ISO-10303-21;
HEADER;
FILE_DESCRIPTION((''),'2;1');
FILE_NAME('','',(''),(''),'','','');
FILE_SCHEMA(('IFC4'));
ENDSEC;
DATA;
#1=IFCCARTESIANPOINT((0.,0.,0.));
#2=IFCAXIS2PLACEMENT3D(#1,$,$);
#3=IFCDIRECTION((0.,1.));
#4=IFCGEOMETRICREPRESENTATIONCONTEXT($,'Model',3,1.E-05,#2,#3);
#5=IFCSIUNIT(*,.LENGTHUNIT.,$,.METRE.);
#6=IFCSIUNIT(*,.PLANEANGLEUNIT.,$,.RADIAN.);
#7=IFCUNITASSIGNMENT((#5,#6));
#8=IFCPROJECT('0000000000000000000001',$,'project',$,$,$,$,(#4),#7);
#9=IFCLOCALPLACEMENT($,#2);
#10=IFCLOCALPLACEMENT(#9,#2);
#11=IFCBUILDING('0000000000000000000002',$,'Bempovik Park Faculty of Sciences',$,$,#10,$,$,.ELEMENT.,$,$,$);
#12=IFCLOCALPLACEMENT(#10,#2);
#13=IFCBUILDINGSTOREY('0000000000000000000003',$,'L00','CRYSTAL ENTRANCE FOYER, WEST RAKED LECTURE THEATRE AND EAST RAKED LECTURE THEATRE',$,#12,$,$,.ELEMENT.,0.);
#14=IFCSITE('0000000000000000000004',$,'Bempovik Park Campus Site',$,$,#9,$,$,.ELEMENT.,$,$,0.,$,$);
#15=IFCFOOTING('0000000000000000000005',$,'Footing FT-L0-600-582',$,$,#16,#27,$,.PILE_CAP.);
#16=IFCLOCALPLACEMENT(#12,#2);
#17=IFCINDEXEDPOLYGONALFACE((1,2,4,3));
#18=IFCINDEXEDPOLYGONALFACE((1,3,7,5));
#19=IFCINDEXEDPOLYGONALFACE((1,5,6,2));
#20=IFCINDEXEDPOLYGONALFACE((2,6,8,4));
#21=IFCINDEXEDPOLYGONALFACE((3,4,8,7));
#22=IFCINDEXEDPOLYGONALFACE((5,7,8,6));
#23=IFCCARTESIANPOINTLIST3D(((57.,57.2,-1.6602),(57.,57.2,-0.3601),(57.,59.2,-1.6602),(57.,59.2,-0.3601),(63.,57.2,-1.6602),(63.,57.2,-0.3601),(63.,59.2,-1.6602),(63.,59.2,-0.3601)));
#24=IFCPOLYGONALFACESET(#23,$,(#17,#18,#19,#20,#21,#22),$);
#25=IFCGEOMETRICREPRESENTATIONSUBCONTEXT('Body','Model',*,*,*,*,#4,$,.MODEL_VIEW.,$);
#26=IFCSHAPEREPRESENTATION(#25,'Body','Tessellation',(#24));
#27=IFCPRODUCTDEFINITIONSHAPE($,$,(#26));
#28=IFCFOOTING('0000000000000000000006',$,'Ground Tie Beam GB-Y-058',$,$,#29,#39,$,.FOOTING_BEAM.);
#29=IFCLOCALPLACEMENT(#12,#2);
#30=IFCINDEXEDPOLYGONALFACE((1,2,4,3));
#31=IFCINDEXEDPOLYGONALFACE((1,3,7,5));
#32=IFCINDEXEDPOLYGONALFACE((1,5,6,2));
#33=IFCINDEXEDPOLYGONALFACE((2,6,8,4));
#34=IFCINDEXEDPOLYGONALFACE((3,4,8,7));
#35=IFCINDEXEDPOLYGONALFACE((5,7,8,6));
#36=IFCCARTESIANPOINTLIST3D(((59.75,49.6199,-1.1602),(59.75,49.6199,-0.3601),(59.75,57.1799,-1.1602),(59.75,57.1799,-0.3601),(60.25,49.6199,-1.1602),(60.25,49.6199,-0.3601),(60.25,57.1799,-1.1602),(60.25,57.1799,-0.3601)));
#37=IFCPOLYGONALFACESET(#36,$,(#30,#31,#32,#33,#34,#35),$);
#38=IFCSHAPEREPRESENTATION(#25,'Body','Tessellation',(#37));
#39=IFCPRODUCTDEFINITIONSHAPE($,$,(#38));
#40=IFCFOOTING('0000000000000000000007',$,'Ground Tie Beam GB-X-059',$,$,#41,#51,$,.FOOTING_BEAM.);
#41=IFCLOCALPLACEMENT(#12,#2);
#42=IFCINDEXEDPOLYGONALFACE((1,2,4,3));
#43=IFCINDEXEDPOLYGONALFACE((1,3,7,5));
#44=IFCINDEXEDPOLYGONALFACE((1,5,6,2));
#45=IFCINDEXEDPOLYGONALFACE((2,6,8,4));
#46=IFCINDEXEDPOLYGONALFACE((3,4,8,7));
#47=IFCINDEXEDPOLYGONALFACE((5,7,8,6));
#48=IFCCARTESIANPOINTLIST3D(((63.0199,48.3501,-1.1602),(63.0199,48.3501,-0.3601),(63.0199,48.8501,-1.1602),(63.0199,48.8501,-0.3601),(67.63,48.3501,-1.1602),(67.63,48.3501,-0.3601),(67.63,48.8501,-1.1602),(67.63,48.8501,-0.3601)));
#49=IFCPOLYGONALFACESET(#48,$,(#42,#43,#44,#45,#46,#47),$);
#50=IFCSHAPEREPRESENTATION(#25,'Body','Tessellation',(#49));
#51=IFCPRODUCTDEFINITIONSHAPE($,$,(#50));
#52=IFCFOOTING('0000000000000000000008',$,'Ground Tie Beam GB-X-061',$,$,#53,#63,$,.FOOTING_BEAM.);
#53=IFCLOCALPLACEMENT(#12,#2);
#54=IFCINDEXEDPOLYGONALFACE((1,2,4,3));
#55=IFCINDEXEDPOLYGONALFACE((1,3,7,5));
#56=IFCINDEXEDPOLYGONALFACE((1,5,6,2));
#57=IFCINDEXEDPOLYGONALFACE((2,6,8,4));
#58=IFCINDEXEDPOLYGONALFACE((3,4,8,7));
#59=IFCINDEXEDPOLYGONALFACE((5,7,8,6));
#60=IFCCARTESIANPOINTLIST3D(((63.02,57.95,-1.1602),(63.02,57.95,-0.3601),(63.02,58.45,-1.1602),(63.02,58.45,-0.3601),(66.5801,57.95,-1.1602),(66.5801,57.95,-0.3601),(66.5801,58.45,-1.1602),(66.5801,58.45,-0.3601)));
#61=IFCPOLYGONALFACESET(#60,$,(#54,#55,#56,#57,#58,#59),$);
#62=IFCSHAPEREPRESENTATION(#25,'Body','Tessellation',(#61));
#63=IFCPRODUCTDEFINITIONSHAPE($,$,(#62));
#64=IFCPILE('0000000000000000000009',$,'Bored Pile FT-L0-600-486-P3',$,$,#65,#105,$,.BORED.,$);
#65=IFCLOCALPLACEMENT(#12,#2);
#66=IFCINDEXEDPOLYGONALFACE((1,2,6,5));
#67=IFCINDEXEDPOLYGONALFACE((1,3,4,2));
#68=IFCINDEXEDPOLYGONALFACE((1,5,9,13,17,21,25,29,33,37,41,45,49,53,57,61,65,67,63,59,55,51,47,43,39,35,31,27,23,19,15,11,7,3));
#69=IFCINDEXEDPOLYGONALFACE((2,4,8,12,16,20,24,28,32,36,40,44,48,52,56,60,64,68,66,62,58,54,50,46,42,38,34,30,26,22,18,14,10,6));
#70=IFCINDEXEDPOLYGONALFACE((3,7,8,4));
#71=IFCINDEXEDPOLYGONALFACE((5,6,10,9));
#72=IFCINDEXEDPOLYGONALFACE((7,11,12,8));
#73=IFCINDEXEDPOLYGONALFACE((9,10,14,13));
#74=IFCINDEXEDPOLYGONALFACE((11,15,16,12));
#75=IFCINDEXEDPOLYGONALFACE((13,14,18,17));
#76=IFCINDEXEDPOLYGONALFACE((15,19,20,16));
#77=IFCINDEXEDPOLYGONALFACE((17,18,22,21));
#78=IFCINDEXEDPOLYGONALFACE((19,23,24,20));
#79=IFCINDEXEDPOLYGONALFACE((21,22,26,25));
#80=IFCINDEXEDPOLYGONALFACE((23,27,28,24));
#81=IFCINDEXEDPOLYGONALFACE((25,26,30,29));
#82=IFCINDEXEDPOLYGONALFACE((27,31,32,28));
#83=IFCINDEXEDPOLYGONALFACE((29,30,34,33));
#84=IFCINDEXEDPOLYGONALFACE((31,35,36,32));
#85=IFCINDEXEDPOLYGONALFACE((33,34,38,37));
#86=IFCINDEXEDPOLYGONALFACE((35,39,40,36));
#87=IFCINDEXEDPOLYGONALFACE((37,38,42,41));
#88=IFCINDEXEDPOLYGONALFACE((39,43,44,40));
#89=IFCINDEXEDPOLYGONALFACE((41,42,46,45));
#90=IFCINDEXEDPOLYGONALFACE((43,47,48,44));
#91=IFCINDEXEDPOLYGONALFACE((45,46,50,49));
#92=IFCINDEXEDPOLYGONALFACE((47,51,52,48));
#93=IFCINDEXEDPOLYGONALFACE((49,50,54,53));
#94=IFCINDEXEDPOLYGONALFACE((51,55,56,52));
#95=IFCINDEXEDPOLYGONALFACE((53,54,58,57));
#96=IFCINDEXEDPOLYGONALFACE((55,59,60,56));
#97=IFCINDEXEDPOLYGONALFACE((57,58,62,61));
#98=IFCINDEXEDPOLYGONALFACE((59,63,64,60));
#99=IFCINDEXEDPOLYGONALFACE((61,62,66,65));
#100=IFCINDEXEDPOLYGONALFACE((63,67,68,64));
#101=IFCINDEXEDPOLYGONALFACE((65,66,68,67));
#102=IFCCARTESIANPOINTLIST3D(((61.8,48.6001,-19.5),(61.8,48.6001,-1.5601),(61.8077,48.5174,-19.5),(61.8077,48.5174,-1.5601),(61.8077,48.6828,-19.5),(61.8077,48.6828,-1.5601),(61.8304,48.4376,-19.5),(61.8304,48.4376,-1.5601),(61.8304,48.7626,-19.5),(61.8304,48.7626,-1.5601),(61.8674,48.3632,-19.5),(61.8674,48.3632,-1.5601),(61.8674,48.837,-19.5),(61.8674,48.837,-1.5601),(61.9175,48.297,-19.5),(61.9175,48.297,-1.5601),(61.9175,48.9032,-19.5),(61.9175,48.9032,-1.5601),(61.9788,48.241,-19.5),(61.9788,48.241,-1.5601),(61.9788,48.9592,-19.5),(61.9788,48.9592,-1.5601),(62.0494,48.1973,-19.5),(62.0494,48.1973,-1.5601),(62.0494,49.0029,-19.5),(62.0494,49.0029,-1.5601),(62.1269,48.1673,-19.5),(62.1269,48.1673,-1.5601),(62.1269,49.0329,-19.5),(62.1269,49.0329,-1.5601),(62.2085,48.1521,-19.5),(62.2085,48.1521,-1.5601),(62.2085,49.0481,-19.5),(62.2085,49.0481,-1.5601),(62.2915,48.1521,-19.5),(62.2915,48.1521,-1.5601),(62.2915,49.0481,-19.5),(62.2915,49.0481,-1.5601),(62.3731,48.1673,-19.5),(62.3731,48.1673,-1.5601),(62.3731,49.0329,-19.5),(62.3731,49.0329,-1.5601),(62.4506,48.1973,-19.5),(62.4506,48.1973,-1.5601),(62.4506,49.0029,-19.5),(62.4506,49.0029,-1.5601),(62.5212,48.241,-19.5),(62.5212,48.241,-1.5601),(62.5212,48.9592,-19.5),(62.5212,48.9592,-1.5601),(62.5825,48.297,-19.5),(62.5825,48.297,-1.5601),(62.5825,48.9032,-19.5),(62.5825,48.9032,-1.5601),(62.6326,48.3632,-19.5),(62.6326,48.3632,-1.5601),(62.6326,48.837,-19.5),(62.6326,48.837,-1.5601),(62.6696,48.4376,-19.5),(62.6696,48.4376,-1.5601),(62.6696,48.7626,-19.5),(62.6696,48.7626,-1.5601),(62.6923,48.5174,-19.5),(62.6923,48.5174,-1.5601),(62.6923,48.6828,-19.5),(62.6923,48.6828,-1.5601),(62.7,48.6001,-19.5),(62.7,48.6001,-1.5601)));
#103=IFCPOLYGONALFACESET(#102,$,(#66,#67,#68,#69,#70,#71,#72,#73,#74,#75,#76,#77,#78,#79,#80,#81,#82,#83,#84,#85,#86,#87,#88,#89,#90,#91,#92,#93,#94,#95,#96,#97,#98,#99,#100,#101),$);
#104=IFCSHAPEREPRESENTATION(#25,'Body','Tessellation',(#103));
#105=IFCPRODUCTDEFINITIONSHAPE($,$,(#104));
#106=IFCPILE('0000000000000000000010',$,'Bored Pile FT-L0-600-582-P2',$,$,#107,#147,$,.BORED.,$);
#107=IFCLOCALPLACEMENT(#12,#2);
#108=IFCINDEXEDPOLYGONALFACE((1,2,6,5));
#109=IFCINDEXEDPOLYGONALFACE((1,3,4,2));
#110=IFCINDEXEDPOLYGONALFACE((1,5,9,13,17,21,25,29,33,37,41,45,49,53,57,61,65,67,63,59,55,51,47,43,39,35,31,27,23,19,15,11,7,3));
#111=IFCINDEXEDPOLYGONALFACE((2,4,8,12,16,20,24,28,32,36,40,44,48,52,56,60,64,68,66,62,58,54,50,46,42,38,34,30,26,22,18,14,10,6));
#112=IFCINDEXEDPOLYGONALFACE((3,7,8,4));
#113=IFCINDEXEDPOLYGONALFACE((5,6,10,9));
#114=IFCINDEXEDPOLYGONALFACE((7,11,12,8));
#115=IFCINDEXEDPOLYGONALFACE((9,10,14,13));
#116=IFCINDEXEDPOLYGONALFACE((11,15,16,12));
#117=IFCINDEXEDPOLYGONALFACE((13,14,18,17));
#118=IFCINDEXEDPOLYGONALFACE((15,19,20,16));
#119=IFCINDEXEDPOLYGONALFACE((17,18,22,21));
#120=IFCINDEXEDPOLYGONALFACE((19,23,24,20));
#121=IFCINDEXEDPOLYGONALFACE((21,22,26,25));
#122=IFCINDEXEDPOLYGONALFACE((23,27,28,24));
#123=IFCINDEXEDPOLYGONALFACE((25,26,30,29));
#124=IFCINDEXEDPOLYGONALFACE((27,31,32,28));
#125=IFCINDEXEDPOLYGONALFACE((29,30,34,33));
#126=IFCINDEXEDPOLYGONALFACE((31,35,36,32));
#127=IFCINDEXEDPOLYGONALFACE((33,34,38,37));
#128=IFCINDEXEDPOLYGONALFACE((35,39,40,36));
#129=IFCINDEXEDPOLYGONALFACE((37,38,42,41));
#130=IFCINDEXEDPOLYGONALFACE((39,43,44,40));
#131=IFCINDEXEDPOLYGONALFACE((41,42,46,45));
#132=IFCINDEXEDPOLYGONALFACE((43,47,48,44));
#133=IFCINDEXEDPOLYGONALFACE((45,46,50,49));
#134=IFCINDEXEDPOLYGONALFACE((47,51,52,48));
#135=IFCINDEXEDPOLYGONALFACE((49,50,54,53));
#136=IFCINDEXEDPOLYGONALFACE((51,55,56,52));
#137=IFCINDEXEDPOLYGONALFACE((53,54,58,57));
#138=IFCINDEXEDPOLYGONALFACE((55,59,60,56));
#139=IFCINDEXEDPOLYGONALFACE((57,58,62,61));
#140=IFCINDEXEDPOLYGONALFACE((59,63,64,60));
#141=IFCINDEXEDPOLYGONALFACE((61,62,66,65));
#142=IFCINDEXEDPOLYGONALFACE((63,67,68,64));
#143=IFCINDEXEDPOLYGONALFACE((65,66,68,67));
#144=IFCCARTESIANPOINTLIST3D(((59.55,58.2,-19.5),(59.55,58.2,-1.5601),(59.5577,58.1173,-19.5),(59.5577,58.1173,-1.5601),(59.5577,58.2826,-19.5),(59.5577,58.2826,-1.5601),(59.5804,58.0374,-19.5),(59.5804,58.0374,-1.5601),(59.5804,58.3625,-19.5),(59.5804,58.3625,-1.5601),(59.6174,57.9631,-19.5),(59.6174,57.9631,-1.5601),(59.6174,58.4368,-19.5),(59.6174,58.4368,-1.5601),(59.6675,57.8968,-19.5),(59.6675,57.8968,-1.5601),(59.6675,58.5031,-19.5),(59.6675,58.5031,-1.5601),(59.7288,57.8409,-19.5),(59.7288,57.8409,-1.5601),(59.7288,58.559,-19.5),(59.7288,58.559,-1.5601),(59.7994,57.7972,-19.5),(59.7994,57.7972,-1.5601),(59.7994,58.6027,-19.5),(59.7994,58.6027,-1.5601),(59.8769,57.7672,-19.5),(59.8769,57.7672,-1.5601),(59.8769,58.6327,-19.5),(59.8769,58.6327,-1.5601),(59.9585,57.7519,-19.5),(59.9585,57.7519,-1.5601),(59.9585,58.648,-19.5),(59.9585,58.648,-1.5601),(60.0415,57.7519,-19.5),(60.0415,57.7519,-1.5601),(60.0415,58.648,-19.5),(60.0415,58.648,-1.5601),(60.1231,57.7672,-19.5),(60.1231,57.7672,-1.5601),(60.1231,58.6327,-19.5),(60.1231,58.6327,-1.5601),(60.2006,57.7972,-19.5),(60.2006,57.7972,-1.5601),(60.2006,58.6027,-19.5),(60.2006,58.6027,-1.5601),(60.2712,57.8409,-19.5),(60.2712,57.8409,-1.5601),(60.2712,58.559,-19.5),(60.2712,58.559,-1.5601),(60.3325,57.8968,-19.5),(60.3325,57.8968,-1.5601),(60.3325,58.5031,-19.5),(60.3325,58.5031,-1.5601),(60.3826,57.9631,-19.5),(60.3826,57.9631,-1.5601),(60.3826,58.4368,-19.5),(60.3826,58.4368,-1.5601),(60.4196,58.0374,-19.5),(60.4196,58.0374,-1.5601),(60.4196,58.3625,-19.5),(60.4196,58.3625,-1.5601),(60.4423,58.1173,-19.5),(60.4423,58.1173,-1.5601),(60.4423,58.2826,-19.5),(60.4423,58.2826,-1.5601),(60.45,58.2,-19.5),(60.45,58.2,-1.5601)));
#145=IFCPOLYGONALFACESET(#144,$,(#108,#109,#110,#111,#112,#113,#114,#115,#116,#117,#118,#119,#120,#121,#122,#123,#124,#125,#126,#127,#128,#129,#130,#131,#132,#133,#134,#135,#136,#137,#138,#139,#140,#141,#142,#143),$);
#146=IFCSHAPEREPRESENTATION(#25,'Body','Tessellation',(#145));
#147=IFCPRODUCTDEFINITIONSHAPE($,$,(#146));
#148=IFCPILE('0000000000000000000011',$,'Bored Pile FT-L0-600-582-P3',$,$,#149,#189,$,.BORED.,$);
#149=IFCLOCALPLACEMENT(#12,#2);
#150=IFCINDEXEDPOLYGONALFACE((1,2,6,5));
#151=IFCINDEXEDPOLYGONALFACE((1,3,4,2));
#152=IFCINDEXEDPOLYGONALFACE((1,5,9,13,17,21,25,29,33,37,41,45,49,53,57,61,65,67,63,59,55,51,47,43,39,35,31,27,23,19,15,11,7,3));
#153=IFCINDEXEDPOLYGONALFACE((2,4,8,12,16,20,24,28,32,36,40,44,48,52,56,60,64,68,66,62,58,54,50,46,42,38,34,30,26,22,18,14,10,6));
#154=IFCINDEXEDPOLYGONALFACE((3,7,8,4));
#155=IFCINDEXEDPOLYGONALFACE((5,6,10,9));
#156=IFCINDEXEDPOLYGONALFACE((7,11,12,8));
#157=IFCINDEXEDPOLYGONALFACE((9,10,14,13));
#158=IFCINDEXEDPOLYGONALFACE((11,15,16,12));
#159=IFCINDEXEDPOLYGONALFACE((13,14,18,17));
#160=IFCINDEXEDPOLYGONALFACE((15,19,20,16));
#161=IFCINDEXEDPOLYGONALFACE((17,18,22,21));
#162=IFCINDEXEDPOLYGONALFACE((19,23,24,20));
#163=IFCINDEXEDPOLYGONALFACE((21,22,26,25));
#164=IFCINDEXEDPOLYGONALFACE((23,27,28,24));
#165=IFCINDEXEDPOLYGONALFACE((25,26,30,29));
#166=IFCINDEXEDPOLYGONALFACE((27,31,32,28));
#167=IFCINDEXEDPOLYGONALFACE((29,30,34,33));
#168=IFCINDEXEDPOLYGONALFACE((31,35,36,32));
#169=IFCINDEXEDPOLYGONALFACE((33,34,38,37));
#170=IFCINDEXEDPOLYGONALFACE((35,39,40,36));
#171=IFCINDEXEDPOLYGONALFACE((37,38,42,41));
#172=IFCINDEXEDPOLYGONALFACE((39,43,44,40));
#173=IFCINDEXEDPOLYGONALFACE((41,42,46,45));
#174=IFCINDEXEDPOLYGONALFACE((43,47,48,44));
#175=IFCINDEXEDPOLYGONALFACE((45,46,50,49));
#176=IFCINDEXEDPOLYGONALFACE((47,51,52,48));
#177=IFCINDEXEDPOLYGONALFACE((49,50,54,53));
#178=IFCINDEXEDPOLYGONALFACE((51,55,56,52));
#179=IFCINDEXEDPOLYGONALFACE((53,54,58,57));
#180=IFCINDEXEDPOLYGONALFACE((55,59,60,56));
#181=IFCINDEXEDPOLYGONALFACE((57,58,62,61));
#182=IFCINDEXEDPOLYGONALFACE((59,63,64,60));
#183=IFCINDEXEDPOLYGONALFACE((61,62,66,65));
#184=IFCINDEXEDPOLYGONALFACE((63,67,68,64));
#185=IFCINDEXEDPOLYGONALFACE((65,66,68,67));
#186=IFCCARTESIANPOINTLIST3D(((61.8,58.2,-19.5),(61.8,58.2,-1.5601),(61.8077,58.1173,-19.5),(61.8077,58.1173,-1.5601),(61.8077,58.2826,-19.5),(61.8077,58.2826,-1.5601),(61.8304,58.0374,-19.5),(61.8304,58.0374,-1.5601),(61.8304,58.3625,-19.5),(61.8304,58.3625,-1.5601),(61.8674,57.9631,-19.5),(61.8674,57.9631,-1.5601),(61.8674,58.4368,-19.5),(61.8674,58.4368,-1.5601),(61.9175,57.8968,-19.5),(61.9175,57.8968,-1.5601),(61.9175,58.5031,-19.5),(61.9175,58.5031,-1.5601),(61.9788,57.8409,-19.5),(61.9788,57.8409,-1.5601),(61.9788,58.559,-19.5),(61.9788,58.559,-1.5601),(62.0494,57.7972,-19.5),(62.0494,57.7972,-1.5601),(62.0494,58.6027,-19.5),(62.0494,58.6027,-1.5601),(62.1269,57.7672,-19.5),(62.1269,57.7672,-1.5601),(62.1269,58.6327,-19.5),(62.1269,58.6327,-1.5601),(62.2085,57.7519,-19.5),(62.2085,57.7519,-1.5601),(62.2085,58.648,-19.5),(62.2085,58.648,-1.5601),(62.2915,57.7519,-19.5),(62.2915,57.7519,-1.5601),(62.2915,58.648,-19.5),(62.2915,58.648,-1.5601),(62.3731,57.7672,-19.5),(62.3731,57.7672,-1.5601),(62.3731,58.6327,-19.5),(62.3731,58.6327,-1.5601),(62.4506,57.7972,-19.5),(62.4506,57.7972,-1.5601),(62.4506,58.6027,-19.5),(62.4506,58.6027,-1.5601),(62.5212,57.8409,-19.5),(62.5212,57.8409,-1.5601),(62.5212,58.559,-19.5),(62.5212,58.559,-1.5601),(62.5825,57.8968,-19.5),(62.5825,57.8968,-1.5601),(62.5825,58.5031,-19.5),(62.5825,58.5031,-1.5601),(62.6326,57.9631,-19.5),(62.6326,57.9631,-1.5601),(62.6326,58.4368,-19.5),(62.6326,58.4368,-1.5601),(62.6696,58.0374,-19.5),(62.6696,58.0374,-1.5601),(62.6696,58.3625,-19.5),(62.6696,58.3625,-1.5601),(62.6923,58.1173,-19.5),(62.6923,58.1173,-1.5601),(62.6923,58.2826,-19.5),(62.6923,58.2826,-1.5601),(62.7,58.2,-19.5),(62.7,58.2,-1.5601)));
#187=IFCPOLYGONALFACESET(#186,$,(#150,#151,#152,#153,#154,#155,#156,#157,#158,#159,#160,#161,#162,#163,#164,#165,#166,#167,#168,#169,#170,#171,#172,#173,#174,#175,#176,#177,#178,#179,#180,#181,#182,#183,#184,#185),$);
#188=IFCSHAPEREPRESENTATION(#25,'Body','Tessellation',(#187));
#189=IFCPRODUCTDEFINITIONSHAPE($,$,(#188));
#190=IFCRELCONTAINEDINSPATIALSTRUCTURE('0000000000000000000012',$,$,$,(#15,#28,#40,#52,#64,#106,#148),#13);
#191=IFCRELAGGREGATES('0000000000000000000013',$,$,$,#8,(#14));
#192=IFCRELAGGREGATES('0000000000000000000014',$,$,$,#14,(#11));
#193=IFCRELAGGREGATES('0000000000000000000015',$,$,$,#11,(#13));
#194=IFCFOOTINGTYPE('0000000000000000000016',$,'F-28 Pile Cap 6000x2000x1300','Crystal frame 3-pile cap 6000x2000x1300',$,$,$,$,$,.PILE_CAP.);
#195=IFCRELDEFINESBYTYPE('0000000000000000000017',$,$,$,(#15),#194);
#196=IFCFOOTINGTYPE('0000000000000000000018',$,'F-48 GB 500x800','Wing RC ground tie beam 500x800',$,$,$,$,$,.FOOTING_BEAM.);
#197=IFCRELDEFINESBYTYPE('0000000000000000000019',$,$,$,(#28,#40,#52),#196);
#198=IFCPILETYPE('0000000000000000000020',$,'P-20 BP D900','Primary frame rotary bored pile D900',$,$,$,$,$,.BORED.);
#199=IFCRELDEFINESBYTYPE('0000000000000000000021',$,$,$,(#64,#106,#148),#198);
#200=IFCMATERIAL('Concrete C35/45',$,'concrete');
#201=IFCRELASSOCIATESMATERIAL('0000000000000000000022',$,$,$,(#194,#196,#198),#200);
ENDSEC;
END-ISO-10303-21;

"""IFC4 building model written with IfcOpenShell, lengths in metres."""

from ifc_helpers import new_model, si_unit, direction, frame, origin, origin_2d, place, context, subcontext, project, spatial, rectangle, circle, extrude, material, material_profile, profile_set, type_object, element, save


model = new_model("IFC4")

# Units and contexts
model_context = context("Model", 3, precision=1e-05, world=origin(), true_north=direction((0.0, 1.0)))
body_context = subcontext(model_context, "Body", "Model", "MODEL_VIEW")
ifc_project = project(units=[si_unit("LENGTHUNIT", "METRE"), si_unit("PLANEANGLEUNIT", "RADIAN")], contexts=[model_context])

# Site, building, storey
site_placement = place(None, origin())
site = spatial("IfcSite", under=ifc_project, at=site_placement, Name="Bempovik Park Campus Site", CompositionType="ELEMENT", RefElevation=0.0)
building_placement = place(site_placement, origin())
building = spatial("IfcBuilding", under=site, at=building_placement, Name="Bempovik Park Faculty of Sciences", CompositionType="ELEMENT")
storey_placement = place(building_placement, origin())
storey = spatial("IfcBuildingStorey", under=building, at=storey_placement, Name="L00", Description="CRYSTAL ENTRANCE FOYER, WEST RAKED LECTURE THEATRE AND EAST RAKED LECTURE THEATRE", CompositionType="ELEMENT", Elevation=0.0)

# Footings
ifc_material_1 = material(Name="Concrete C35/45", Category="concrete")
footing_type_1 = type_object("IfcFootingType", Name="F-28 Pile Cap 6000x2000x1300", Description="Crystal frame 3-pile cap 6000x2000x1300", PredefinedType="PILE_CAP", material=ifc_material_1)
footing_1_placement = place(storey_placement, frame((60.0, 58.2, -1.6602), z_axis=(0.0, 0.0, 1.0), x_axis=(1.0, 0.0, 0.0)))
element("IfcFooting", 1, at=footing_1_placement, inside=storey, type_object=footing_type_1, Name="Footing FT-L0-600-582", PredefinedType="PILE_CAP", context=body_context, shape_type="SweptSolid", body=[
    extrude(rectangle(XDim=6.0, YDim=2.0, at=origin_2d()), origin(), (0.0, 0.0, 1.0), 1.3),
])
footing_type_2 = type_object("IfcFootingType", Name="F-48 GB 500x800", Description="Wing RC ground tie beam 500x800", PredefinedType="FOOTING_BEAM", material=ifc_material_1)
footing_2_placement = place(storey_placement, frame((60.0, 53.3999, -1.1602), z_axis=(0.0, 0.0, 1.0), x_axis=(1.0, 0.0, 0.0)))
element("IfcFooting", 2, at=footing_2_placement, inside=storey, type_object=footing_type_2, Name="Ground Tie Beam GB-Y-058", PredefinedType="FOOTING_BEAM", context=body_context, shape_type="SweptSolid", body=[
    extrude(rectangle(XDim=0.5, YDim=7.5601, at=origin_2d()), origin(), (0.0, 0.0, 1.0), 0.8),
])
footing_3_placement = place(storey_placement, frame((65.325, 48.6001, -1.1602), z_axis=(0.0, 0.0, 1.0), x_axis=(1.0, 0.0, 0.0)))
element("IfcFooting", 3, at=footing_3_placement, inside=storey, type_object=footing_type_2, Name="Ground Tie Beam GB-X-059", PredefinedType="FOOTING_BEAM", context=body_context, shape_type="SweptSolid", body=[
    extrude(rectangle(XDim=4.6101, YDim=0.5, at=origin_2d()), origin(), (0.0, 0.0, 1.0), 0.8),
])
footing_4_placement = place(storey_placement, frame((64.8, 58.2, -1.1602), z_axis=(0.0, 0.0, 1.0), x_axis=(1.0, 0.0, 0.0)))
element("IfcFooting", 4, at=footing_4_placement, inside=storey, type_object=footing_type_2, Name="Ground Tie Beam GB-X-061", PredefinedType="FOOTING_BEAM", context=body_context, shape_type="SweptSolid", body=[
    extrude(rectangle(XDim=3.5601, YDim=0.5, at=origin_2d()), origin(), (0.0, 0.0, 1.0), 0.8),
])

# Piles
ifc_material_profile_1 = material_profile(ifc_material_1, circle(Radius=0.45, at=origin_2d()), Name="BP D900")
ifc_profile_set_1 = profile_set([ifc_material_profile_1], Name="Concrete C35/45")
pile_type = type_object("IfcPileType", Name="P-20 BP D900", Description="Primary frame rotary bored pile D900", PredefinedType="BORED", material=ifc_profile_set_1)
for number, where, z_axis, x_axis, name in (
    (5, (62.25, 48.6001, -1.5601), (0.0, 0.0, -1.0), (1.0, 0.0, 0.0), "Bored Pile FT-L0-600-486-P3"),
    (6, (60.0, 58.2, -1.5601), (0.0, 0.0, -1.0), (1.0, 0.0, 0.0), "Bored Pile FT-L0-600-582-P2"),
    (7, (62.25, 58.2, -1.5601), (0.0, 0.0, -1.0), (1.0, 0.0, 0.0), "Bored Pile FT-L0-600-582-P3"),
):
    element("IfcPile", number, at=place(storey_placement, frame(where, z_axis=z_axis, x_axis=x_axis)), inside=storey, type_object=pile_type, Name=name, PredefinedType="BORED", context=body_context, shape_type="SweptSolid", body=[
        extrude(circle(Radius=0.45, at=origin_2d()), origin(), (0.0, 0.0, 1.0), 17.9399),
    ])

save(model, "model.ifc")
